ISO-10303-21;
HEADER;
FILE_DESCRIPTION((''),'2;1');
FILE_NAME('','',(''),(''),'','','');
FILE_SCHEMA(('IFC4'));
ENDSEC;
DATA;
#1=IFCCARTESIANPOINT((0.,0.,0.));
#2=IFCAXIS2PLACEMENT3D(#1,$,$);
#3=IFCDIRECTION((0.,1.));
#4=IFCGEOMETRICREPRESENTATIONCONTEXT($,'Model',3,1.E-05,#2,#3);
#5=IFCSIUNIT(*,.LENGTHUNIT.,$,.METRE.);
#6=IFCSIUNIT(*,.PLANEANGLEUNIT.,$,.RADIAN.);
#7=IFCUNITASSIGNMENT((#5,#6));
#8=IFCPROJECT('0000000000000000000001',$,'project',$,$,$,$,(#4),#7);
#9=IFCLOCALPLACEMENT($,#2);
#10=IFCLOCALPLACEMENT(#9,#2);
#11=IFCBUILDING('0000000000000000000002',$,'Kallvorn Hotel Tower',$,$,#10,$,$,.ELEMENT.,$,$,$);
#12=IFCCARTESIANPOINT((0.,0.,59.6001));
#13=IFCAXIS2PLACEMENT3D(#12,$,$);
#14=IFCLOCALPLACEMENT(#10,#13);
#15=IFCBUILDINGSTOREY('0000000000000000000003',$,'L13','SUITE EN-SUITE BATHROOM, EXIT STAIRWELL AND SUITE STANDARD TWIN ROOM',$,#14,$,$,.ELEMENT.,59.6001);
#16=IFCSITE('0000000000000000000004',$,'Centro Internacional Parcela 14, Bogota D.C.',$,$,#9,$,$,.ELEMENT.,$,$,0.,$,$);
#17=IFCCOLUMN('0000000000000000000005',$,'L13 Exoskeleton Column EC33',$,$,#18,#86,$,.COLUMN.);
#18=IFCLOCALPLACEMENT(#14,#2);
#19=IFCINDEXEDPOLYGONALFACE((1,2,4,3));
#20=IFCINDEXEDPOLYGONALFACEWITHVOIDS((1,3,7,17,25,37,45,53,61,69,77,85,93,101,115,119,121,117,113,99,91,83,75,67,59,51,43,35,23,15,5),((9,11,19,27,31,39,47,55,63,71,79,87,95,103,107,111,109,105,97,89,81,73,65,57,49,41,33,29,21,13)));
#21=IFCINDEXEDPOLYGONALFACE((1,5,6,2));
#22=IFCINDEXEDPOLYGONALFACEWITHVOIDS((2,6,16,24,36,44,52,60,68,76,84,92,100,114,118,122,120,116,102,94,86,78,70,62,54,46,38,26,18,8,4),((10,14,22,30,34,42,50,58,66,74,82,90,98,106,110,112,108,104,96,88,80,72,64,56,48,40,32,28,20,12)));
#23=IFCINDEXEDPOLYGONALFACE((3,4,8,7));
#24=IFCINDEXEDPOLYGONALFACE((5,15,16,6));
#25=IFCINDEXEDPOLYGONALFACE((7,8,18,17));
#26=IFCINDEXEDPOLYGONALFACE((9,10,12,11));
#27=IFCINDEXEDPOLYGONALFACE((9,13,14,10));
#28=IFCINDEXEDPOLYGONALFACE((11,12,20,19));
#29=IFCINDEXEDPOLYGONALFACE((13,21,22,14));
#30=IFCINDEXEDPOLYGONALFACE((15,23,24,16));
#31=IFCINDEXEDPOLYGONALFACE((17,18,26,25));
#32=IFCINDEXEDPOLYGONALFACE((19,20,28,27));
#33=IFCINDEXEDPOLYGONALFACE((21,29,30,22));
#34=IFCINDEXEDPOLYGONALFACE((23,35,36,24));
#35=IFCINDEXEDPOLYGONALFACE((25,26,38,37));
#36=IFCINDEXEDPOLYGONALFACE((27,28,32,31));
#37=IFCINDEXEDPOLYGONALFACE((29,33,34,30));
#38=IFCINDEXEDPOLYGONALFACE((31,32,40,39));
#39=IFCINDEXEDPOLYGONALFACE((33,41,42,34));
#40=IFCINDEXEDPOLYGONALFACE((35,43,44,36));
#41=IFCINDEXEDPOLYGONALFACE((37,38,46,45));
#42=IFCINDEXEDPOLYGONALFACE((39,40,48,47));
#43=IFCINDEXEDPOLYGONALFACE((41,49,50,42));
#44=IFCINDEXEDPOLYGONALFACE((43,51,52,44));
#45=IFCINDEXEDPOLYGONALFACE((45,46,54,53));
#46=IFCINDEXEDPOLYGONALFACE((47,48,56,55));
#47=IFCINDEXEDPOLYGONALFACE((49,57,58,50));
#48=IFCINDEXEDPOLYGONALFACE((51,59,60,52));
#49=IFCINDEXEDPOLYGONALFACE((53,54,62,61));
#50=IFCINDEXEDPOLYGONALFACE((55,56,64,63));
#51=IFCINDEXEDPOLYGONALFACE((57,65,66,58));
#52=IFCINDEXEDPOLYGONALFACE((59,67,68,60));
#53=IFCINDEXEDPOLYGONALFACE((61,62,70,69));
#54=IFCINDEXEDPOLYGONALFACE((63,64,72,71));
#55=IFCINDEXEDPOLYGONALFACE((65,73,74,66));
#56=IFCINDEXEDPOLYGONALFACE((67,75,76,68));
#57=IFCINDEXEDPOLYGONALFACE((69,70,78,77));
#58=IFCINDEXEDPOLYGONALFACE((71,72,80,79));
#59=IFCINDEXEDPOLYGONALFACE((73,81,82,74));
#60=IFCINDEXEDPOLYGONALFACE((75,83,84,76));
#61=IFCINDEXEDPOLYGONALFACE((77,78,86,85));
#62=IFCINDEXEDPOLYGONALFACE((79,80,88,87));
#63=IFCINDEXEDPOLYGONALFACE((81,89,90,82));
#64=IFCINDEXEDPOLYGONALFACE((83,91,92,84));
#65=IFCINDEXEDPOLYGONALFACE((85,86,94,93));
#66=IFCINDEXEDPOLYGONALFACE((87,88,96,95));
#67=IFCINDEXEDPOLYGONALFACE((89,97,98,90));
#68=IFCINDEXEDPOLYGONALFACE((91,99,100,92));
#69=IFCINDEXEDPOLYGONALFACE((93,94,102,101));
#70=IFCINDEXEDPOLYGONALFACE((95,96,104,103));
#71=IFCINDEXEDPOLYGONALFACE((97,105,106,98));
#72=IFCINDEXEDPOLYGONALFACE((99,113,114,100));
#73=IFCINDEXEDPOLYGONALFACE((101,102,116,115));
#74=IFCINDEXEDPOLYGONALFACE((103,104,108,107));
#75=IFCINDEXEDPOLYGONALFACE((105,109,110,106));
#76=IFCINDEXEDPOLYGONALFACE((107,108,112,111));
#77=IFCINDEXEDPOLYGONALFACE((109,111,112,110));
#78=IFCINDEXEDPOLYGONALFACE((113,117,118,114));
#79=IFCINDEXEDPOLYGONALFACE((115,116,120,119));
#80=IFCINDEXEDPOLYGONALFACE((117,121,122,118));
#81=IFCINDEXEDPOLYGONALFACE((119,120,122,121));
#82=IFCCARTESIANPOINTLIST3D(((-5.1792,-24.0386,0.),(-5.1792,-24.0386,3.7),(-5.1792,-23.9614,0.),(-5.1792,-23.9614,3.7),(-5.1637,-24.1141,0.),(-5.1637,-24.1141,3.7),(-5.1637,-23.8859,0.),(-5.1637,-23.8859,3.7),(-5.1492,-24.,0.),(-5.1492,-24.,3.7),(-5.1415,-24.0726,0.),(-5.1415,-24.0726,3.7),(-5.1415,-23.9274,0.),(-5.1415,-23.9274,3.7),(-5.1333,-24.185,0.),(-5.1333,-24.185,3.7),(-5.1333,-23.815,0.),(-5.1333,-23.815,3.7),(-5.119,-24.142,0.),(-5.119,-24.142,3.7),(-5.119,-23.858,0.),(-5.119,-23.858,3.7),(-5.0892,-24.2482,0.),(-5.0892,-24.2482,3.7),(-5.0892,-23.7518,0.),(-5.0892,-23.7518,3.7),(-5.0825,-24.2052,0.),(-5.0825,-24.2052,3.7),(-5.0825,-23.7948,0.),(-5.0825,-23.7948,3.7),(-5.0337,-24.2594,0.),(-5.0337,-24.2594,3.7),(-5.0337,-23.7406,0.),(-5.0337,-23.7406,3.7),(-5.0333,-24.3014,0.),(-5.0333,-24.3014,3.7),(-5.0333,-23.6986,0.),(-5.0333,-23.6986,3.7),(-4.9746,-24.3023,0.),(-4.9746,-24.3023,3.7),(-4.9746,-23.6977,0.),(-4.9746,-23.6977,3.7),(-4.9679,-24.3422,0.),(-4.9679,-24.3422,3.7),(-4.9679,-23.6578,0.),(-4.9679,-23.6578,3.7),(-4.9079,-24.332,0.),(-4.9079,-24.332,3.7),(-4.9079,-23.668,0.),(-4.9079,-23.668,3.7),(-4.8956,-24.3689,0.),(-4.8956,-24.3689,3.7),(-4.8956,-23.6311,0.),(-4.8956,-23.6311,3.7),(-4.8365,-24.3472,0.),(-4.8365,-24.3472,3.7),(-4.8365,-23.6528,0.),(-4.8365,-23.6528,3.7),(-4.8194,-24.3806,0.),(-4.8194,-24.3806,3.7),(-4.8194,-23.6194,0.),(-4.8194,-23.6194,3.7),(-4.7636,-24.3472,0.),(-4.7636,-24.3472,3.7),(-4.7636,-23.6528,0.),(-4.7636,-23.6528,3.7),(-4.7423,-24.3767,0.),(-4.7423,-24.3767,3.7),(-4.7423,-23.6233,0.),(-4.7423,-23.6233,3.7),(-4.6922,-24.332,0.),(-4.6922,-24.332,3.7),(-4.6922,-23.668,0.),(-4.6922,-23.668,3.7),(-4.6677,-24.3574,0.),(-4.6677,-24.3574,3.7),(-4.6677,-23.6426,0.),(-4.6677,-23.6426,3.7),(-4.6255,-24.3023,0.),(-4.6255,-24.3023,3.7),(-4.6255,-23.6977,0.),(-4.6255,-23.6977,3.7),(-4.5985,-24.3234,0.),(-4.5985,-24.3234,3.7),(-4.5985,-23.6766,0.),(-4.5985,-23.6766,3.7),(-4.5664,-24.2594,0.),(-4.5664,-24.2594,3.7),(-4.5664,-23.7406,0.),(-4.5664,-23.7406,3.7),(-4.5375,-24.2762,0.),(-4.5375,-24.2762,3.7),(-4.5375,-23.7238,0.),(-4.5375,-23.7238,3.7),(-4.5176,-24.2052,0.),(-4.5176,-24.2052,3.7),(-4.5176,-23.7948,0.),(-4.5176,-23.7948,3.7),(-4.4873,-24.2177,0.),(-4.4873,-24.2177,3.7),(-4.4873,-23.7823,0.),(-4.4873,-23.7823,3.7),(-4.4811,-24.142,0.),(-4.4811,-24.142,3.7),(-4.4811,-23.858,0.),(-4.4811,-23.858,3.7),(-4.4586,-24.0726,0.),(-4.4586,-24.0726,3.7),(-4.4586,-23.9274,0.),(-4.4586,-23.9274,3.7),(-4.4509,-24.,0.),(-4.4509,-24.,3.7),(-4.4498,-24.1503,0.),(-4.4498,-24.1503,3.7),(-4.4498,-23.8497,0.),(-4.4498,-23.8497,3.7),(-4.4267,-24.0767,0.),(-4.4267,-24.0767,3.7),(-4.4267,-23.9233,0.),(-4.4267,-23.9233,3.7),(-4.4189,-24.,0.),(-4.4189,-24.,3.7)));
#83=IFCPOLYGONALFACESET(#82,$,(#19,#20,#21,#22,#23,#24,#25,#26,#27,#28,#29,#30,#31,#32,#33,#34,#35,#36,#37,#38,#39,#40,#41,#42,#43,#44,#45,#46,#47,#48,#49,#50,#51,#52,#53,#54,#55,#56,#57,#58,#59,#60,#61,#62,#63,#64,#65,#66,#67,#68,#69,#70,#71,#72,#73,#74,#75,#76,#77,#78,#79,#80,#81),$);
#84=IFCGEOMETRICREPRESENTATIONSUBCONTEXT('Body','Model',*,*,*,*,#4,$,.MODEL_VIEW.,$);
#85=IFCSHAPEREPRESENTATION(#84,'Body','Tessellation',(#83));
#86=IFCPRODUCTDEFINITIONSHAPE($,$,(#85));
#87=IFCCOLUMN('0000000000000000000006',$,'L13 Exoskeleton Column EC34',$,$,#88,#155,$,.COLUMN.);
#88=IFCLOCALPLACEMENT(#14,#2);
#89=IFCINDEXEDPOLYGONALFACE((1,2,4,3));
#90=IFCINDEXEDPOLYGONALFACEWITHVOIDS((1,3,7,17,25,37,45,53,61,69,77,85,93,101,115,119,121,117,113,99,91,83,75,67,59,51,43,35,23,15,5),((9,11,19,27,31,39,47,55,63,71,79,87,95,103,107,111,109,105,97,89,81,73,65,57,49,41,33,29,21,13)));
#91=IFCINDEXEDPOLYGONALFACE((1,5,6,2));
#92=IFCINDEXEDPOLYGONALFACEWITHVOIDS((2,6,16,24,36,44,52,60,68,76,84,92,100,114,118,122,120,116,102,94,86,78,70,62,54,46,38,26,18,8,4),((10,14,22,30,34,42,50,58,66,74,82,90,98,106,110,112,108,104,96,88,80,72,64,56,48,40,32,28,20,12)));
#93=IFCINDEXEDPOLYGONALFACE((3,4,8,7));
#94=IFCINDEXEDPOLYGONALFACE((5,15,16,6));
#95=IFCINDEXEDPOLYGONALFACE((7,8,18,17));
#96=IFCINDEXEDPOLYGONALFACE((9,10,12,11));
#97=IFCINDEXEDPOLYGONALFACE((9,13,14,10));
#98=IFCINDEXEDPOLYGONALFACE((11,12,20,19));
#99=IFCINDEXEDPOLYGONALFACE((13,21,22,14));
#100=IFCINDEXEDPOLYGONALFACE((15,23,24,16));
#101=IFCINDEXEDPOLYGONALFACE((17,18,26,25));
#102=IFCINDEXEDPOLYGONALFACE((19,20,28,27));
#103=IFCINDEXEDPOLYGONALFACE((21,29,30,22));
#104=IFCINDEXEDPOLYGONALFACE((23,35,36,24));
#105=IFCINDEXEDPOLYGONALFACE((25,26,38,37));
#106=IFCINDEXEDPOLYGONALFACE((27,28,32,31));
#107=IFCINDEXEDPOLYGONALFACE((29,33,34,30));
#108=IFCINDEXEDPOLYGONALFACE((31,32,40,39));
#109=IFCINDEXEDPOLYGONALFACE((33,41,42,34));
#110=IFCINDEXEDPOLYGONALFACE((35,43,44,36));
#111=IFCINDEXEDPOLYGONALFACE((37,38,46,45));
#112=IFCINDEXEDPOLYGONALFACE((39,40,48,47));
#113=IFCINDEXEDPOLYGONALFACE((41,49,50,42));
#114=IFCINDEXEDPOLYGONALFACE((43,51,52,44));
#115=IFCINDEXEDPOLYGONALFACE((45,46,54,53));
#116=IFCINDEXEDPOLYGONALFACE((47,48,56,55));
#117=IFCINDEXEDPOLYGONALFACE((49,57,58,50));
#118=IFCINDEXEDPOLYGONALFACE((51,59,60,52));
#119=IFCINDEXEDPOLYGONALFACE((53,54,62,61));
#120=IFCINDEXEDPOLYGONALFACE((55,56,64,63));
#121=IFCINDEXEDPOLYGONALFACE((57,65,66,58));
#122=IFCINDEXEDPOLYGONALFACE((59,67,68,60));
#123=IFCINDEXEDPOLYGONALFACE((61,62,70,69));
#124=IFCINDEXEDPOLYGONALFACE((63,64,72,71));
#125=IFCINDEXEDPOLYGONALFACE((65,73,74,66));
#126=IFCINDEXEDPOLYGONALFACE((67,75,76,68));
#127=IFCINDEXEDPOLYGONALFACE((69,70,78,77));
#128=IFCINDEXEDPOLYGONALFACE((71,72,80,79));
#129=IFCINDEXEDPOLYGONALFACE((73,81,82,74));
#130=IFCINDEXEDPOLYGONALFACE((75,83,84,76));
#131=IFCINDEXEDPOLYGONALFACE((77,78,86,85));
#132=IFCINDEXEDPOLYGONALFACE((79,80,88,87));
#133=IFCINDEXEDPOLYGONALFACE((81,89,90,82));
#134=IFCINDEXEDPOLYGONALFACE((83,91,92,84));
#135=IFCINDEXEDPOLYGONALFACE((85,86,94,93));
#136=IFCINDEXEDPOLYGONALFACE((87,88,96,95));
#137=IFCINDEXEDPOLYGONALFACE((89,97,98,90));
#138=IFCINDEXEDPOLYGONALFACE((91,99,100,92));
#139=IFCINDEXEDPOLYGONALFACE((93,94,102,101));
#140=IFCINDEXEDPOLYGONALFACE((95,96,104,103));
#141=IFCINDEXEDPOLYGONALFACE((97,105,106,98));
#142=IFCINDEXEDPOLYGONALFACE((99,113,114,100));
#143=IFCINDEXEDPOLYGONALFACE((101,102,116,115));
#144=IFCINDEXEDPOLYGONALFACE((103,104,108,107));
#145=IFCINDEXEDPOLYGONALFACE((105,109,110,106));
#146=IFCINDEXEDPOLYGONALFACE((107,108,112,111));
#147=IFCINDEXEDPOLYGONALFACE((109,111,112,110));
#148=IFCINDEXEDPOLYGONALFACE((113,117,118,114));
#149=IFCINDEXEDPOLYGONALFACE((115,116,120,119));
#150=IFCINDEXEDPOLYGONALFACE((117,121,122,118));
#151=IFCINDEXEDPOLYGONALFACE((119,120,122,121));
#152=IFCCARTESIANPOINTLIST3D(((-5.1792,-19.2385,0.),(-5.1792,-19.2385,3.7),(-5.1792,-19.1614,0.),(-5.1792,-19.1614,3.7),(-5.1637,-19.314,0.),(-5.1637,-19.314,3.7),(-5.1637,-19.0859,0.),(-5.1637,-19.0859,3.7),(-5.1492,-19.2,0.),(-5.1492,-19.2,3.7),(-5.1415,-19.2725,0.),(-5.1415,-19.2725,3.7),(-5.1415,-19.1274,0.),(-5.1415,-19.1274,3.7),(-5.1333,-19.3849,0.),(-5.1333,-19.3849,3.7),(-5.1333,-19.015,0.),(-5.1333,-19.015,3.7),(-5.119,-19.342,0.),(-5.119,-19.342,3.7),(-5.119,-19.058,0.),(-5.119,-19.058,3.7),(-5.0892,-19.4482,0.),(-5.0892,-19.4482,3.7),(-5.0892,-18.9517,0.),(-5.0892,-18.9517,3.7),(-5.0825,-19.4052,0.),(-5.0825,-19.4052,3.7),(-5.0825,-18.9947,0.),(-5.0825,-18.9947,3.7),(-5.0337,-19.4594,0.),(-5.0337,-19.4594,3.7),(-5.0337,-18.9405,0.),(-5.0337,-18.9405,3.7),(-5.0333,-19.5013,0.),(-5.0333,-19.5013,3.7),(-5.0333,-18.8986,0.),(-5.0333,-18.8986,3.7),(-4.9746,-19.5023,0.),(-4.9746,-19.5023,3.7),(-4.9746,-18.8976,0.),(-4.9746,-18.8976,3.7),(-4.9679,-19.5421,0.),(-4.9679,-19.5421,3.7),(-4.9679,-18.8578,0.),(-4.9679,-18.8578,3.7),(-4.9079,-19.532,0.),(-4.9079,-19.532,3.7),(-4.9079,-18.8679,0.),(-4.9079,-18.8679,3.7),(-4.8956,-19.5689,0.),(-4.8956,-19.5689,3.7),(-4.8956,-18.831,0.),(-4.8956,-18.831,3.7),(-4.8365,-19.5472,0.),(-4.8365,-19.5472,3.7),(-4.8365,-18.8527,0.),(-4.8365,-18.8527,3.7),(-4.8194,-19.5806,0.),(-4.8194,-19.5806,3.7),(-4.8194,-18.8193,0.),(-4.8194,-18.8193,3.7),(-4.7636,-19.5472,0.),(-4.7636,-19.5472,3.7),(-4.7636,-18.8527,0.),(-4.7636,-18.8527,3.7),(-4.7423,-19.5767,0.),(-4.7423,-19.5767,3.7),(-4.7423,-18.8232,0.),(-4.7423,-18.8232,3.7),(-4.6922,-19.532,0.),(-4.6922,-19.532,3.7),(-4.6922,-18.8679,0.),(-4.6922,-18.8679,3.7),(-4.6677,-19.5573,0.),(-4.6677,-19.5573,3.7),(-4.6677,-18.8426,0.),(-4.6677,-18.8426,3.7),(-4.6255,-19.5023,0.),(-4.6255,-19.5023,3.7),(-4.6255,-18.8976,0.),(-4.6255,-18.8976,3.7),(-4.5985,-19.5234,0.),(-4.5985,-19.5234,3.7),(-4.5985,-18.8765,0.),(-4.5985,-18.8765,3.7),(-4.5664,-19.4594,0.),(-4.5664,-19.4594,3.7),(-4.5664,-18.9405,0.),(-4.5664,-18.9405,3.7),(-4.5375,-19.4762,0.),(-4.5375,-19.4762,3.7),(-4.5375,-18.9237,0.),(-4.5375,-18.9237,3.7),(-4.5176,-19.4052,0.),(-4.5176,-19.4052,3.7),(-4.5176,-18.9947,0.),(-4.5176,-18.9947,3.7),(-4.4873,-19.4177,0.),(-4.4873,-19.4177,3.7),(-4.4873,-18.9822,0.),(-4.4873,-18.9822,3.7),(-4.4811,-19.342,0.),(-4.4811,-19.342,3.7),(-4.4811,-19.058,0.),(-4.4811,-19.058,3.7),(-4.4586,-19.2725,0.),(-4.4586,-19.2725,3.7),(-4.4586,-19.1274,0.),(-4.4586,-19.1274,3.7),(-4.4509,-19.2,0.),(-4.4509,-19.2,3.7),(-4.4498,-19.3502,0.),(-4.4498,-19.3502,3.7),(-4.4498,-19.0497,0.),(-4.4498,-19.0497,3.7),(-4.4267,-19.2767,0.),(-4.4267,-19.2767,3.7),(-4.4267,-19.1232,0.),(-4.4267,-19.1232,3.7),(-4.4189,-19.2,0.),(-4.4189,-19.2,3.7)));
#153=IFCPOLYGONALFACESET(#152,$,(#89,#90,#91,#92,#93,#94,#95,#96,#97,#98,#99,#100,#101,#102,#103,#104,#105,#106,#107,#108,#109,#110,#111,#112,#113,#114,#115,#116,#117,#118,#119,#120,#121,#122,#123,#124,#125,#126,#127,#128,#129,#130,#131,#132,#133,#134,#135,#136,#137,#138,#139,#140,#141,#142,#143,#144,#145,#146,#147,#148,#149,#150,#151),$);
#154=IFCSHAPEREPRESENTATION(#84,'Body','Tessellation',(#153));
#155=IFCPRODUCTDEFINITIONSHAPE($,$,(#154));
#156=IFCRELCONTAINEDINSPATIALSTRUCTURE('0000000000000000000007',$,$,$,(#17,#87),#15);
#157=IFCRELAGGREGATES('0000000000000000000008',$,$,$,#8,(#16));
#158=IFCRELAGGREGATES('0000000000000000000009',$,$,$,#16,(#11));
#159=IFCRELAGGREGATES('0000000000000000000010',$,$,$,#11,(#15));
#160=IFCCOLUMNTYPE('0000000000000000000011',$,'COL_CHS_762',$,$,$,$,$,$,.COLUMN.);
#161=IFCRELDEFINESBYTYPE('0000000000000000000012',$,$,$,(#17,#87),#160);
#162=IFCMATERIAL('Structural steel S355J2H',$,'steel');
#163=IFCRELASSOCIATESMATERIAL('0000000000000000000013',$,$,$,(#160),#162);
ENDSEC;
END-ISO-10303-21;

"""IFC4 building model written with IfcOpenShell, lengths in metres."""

from ifc_helpers import new_model, si_unit, direction, frame, origin, origin_2d, place, context, subcontext, project, spatial, hollow_circle, extrude, material, material_profile, profile_set, type_object, element, save


model = new_model("IFC4")

# Units and contexts
model_context = context("Model", 3, precision=1e-05, world=origin(), true_north=direction((0.0, 1.0)))
body_context = subcontext(model_context, "Body", "Model", "MODEL_VIEW")
ifc_project = project(units=[si_unit("LENGTHUNIT", "METRE"), si_unit("PLANEANGLEUNIT", "RADIAN")], contexts=[model_context])

# Site, building, storey
site_placement = place(None, origin())
site = spatial("IfcSite", under=ifc_project, at=site_placement, Name="Centro Internacional Parcela 14, Bogota D.C.", CompositionType="ELEMENT", RefElevation=0.0)
building_placement = place(site_placement, origin())
building = spatial("IfcBuilding", under=site, at=building_placement, Name="Kallvorn Hotel Tower", CompositionType="ELEMENT")
storey_placement = place(building_placement, frame((0.0, 0.0, 59.6001)))
storey = spatial("IfcBuildingStorey", under=building, at=storey_placement, Name="L13", Description="SUITE EN-SUITE BATHROOM, EXIT STAIRWELL AND SUITE STANDARD TWIN ROOM", CompositionType="ELEMENT", Elevation=59.6001)

# Columns
ifc_material_1 = material(Name="Structural steel S355J2H", Category="steel")
ifc_material_profile_1 = material_profile(ifc_material_1, hollow_circle(Radius=0.3811, WallThickness=0.032, at=origin_2d()), Name="CHS 762x32")
ifc_profile_set_1 = profile_set([ifc_material_profile_1], Name="Structural steel S355J2H")
column_type_1 = type_object("IfcColumnType", Name="COL_CHS_762", PredefinedType="COLUMN", material=ifc_profile_set_1)
for number, where, z_axis, x_axis, name in (
    (1, (-4.8, -24.0, 0.0), (0.0, 0.0, 1.0), (1.0, 0.0, 0.0), "L13 Exoskeleton Column EC33"),
    (2, (-4.8, -19.2, 0.0), (0.0, 0.0, 1.0), (1.0, 0.0, 0.0), "L13 Exoskeleton Column EC34"),
):
    element("IfcColumn", number, at=place(storey_placement, frame(where, z_axis=z_axis, x_axis=x_axis)), inside=storey, type_object=column_type_1, Name=name, PredefinedType="COLUMN", context=body_context, shape_type="SweptSolid", body=[
        extrude(hollow_circle(Radius=0.3811, WallThickness=0.032, at=origin_2d()), origin(), (0.0, 0.0, 1.0), 3.7),
    ])

save(model, "model.ifc")
